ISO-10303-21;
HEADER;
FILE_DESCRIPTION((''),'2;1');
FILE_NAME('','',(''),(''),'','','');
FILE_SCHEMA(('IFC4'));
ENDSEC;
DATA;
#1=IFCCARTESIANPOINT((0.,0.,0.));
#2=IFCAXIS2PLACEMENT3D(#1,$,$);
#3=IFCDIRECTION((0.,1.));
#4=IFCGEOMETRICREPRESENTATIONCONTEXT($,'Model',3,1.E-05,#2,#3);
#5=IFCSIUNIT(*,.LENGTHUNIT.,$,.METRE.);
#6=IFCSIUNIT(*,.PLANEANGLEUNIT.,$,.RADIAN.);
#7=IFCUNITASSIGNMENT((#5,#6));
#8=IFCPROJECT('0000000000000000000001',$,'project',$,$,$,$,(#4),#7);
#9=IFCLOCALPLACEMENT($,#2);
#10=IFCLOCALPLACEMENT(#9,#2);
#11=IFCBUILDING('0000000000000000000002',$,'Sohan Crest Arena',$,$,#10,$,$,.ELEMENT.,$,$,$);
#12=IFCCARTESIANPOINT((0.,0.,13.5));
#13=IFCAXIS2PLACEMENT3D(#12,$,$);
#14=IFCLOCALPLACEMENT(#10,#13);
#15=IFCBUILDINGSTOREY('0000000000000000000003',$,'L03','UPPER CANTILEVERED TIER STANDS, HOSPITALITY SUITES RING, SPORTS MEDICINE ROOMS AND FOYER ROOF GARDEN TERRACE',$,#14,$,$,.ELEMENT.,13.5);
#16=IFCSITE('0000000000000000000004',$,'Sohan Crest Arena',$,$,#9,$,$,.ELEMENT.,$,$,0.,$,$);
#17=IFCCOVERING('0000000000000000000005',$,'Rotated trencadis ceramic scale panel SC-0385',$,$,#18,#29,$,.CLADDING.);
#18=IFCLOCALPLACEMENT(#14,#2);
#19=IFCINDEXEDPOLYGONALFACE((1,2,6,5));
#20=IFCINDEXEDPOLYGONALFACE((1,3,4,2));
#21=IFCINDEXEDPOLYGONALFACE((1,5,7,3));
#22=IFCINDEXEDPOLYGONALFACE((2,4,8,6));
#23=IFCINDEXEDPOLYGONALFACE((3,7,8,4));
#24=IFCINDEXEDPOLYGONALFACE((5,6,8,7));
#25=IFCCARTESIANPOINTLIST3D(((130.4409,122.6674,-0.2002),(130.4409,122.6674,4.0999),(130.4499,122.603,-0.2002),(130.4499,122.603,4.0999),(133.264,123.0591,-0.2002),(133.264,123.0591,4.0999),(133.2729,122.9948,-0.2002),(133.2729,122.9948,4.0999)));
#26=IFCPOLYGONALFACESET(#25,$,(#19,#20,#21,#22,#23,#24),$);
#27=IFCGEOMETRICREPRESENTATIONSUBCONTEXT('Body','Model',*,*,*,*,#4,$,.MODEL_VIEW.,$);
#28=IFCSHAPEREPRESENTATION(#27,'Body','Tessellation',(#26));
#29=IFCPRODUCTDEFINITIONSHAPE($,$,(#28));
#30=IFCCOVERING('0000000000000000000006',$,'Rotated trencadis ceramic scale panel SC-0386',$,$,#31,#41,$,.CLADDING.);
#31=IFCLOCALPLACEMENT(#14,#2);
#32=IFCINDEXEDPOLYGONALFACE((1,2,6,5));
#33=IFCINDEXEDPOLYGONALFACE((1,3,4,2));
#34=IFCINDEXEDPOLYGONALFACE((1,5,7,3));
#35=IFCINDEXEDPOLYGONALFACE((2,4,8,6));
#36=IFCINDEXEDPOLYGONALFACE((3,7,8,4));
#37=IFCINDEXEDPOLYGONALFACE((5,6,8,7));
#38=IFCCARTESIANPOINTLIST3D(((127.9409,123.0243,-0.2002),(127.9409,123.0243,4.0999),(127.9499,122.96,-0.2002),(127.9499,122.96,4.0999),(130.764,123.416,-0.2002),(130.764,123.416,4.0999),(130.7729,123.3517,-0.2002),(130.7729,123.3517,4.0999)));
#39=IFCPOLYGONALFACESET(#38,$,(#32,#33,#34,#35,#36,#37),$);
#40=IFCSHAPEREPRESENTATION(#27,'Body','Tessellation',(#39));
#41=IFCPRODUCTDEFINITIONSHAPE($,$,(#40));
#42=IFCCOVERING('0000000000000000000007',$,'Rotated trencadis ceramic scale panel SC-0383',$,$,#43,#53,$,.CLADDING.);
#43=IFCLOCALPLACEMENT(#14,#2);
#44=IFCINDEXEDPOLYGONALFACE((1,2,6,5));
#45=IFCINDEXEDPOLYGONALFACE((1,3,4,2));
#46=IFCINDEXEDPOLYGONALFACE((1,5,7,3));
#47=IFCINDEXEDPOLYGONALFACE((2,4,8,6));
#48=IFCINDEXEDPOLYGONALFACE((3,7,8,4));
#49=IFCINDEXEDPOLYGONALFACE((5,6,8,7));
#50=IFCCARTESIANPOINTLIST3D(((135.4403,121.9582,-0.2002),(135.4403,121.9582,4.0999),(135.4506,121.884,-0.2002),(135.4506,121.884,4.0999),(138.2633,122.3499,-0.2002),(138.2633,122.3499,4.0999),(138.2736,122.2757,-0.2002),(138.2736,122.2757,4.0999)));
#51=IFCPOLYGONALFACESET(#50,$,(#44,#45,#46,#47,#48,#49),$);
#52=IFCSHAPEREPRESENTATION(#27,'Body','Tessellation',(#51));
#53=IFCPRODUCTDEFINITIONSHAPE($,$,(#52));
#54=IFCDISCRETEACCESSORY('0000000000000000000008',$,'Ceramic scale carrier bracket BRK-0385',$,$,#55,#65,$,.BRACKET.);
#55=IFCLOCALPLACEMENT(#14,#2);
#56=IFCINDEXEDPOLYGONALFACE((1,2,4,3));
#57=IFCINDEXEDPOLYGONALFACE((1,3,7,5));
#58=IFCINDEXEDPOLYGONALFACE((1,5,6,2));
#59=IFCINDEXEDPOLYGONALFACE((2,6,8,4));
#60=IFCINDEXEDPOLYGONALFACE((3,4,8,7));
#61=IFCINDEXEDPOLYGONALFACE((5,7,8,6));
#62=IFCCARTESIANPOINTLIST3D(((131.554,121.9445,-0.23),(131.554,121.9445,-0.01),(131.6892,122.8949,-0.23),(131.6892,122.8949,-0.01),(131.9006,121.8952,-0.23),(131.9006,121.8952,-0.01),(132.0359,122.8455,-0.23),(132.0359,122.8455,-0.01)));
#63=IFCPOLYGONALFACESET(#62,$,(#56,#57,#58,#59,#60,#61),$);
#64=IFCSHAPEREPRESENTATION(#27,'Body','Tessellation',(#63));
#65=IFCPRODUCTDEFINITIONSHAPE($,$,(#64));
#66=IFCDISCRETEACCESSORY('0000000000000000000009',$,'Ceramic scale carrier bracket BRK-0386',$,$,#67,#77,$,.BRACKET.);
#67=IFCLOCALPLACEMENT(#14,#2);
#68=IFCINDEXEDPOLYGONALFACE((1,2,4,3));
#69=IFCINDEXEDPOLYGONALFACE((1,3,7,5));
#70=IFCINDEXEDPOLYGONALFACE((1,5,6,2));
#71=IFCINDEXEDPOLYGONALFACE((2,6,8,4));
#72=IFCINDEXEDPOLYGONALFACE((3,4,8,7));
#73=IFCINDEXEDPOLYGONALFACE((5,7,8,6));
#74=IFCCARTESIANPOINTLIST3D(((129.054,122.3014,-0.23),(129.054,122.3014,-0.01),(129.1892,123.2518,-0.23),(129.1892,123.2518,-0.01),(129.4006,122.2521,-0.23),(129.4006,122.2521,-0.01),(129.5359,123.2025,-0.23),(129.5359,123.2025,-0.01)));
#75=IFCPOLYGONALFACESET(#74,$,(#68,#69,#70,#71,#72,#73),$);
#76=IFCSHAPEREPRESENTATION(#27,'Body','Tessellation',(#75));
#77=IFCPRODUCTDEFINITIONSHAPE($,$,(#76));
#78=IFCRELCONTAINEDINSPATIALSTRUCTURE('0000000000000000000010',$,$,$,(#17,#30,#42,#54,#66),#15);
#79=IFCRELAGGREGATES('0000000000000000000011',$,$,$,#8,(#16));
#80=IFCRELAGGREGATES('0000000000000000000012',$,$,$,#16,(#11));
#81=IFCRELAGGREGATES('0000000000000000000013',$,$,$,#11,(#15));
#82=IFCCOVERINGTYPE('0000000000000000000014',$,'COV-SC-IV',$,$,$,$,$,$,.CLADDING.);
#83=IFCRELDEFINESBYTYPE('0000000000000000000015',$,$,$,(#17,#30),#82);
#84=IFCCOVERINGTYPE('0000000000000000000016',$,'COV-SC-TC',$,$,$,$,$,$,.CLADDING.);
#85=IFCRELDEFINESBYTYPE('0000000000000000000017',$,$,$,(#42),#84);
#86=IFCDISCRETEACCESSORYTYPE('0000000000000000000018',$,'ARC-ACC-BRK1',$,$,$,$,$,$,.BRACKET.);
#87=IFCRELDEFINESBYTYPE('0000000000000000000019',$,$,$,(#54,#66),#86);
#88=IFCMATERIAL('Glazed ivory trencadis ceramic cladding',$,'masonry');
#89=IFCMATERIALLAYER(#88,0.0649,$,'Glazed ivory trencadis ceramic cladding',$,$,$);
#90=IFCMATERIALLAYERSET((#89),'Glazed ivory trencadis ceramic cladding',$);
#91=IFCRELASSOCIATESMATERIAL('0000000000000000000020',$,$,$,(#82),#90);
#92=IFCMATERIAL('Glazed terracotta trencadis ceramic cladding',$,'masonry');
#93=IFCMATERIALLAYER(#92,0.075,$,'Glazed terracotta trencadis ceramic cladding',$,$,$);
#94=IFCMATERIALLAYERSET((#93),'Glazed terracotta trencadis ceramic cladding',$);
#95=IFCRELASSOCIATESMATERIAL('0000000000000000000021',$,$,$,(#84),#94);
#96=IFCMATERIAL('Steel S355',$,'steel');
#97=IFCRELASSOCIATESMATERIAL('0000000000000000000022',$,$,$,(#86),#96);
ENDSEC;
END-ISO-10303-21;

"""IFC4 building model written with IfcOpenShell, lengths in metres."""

from ifc_helpers import new_model, si_unit, direction, frame, origin, origin_2d, place, context, subcontext, project, spatial, rectangle, extrude, material, layer, layer_set, type_object, element, save


model = new_model("IFC4")

# Units and contexts
model_context = context("Model", 3, precision=1e-05, world=origin(), true_north=direction((0.0, 1.0)))
body_context = subcontext(model_context, "Body", "Model", "MODEL_VIEW")
ifc_project = project(units=[si_unit("LENGTHUNIT", "METRE"), si_unit("PLANEANGLEUNIT", "RADIAN")], contexts=[model_context])

# Site, building, storey
site_placement = place(None, origin())
site = spatial("IfcSite", under=ifc_project, at=site_placement, Name="Sohan Crest Arena", CompositionType="ELEMENT", RefElevation=0.0)
building_placement = place(site_placement, origin())
building = spatial("IfcBuilding", under=site, at=building_placement, Name="Sohan Crest Arena", CompositionType="ELEMENT")
storey_placement = place(building_placement, frame((0.0, 0.0, 13.5)))
storey = spatial("IfcBuildingStorey", under=building, at=storey_placement, Name="L03", Description="UPPER CANTILEVERED TIER STANDS, HOSPITALITY SUITES RING, SPORTS MEDICINE ROOMS AND FOYER ROOF GARDEN TERRACE", CompositionType="ELEMENT", Elevation=13.5)

# Coverings
ifc_material_1 = material(Name="Glazed ivory trencadis ceramic cladding", Category="masonry")
ifc_layer_1 = layer(ifc_material_1, 0.0649, Name="Glazed ivory trencadis ceramic cladding")
ifc_layer_set_1 = layer_set([ifc_layer_1], Name="Glazed ivory trencadis ceramic cladding")
covering_type_1 = type_object("IfcCoveringType", Name="COV-SC-IV", PredefinedType="CLADDING", material=ifc_layer_set_1)
for number, where, z_axis, x_axis, name in (
    (1, (131.8569, 122.8311, -0.2002), (0.0, 0.0, 1.0), (-0.990509, -0.137445, 0.0), "Rotated trencadis ceramic scale panel SC-0385"),
    (2, (129.3569, 123.188, -0.2002), (0.0, 0.0, 1.0), (-0.990509, -0.137445, 0.0), "Rotated trencadis ceramic scale panel SC-0386"),
):
    element("IfcCovering", number, at=place(storey_placement, frame(where, z_axis=z_axis, x_axis=x_axis)), inside=storey, type_object=covering_type_1, Name=name, PredefinedType="CLADDING", context=body_context, shape_type="SweptSolid", body=[
        extrude(rectangle(XDim=2.8501, YDim=0.0649, at=origin_2d()), origin(), (0.0, 0.0, 1.0), 4.3),
    ])
ifc_material_2 = material(Name="Glazed terracotta trencadis ceramic cladding", Category="masonry")
ifc_layer_2 = layer(ifc_material_2, 0.075, Name="Glazed terracotta trencadis ceramic cladding")
ifc_layer_set_2 = layer_set([ifc_layer_2], Name="Glazed terracotta trencadis ceramic cladding")
covering_type_2 = type_object("IfcCoveringType", Name="COV-SC-TC", PredefinedType="CLADDING", material=ifc_layer_set_2)
covering_placement = place(storey_placement, frame((136.8569, 122.1169, -0.2002), z_axis=(0.0, 0.0, 1.0), x_axis=(-0.990509, -0.137445, 0.0)))
element("IfcCovering", 3, at=covering_placement, inside=storey, type_object=covering_type_2, Name="Rotated trencadis ceramic scale panel SC-0383", PredefinedType="CLADDING", context=body_context, shape_type="SweptSolid", body=[
    extrude(rectangle(XDim=2.8501, YDim=0.075, at=origin_2d()), origin(), (0.0, 0.0, 1.0), 4.3),
])

# Discrete accessories
ifc_material_3 = material(Name="Steel S355", Category="steel")
discrete_accessory_type = type_object("IfcDiscreteAccessoryType", Name="ARC-ACC-BRK1", PredefinedType="BRACKET", material=ifc_material_3)
for number, where, z_axis, x_axis, name in (
    (4, (131.7949, 122.395, -0.23), (0.0, 0.0, 1.0), (-0.990024, 0.140901, 0.0), "Ceramic scale carrier bracket BRK-0385"),
    (5, (129.2949, 122.752, -0.23), (0.0, 0.0, 1.0), (-0.990024, 0.140901, 0.0), "Ceramic scale carrier bracket BRK-0386"),
):
    element("IfcDiscreteAccessory", number, at=place(storey_placement, frame(where, z_axis=z_axis, x_axis=x_axis)), inside=storey, type_object=discrete_accessory_type, Name=name, PredefinedType="BRACKET", context=body_context, shape_type="SweptSolid", body=[
        extrude(rectangle(XDim=0.3501, YDim=0.96, at=origin_2d()), origin(), (0.0, 0.0, 1.0), 0.22),
    ])

save(model, "model.ifc")
